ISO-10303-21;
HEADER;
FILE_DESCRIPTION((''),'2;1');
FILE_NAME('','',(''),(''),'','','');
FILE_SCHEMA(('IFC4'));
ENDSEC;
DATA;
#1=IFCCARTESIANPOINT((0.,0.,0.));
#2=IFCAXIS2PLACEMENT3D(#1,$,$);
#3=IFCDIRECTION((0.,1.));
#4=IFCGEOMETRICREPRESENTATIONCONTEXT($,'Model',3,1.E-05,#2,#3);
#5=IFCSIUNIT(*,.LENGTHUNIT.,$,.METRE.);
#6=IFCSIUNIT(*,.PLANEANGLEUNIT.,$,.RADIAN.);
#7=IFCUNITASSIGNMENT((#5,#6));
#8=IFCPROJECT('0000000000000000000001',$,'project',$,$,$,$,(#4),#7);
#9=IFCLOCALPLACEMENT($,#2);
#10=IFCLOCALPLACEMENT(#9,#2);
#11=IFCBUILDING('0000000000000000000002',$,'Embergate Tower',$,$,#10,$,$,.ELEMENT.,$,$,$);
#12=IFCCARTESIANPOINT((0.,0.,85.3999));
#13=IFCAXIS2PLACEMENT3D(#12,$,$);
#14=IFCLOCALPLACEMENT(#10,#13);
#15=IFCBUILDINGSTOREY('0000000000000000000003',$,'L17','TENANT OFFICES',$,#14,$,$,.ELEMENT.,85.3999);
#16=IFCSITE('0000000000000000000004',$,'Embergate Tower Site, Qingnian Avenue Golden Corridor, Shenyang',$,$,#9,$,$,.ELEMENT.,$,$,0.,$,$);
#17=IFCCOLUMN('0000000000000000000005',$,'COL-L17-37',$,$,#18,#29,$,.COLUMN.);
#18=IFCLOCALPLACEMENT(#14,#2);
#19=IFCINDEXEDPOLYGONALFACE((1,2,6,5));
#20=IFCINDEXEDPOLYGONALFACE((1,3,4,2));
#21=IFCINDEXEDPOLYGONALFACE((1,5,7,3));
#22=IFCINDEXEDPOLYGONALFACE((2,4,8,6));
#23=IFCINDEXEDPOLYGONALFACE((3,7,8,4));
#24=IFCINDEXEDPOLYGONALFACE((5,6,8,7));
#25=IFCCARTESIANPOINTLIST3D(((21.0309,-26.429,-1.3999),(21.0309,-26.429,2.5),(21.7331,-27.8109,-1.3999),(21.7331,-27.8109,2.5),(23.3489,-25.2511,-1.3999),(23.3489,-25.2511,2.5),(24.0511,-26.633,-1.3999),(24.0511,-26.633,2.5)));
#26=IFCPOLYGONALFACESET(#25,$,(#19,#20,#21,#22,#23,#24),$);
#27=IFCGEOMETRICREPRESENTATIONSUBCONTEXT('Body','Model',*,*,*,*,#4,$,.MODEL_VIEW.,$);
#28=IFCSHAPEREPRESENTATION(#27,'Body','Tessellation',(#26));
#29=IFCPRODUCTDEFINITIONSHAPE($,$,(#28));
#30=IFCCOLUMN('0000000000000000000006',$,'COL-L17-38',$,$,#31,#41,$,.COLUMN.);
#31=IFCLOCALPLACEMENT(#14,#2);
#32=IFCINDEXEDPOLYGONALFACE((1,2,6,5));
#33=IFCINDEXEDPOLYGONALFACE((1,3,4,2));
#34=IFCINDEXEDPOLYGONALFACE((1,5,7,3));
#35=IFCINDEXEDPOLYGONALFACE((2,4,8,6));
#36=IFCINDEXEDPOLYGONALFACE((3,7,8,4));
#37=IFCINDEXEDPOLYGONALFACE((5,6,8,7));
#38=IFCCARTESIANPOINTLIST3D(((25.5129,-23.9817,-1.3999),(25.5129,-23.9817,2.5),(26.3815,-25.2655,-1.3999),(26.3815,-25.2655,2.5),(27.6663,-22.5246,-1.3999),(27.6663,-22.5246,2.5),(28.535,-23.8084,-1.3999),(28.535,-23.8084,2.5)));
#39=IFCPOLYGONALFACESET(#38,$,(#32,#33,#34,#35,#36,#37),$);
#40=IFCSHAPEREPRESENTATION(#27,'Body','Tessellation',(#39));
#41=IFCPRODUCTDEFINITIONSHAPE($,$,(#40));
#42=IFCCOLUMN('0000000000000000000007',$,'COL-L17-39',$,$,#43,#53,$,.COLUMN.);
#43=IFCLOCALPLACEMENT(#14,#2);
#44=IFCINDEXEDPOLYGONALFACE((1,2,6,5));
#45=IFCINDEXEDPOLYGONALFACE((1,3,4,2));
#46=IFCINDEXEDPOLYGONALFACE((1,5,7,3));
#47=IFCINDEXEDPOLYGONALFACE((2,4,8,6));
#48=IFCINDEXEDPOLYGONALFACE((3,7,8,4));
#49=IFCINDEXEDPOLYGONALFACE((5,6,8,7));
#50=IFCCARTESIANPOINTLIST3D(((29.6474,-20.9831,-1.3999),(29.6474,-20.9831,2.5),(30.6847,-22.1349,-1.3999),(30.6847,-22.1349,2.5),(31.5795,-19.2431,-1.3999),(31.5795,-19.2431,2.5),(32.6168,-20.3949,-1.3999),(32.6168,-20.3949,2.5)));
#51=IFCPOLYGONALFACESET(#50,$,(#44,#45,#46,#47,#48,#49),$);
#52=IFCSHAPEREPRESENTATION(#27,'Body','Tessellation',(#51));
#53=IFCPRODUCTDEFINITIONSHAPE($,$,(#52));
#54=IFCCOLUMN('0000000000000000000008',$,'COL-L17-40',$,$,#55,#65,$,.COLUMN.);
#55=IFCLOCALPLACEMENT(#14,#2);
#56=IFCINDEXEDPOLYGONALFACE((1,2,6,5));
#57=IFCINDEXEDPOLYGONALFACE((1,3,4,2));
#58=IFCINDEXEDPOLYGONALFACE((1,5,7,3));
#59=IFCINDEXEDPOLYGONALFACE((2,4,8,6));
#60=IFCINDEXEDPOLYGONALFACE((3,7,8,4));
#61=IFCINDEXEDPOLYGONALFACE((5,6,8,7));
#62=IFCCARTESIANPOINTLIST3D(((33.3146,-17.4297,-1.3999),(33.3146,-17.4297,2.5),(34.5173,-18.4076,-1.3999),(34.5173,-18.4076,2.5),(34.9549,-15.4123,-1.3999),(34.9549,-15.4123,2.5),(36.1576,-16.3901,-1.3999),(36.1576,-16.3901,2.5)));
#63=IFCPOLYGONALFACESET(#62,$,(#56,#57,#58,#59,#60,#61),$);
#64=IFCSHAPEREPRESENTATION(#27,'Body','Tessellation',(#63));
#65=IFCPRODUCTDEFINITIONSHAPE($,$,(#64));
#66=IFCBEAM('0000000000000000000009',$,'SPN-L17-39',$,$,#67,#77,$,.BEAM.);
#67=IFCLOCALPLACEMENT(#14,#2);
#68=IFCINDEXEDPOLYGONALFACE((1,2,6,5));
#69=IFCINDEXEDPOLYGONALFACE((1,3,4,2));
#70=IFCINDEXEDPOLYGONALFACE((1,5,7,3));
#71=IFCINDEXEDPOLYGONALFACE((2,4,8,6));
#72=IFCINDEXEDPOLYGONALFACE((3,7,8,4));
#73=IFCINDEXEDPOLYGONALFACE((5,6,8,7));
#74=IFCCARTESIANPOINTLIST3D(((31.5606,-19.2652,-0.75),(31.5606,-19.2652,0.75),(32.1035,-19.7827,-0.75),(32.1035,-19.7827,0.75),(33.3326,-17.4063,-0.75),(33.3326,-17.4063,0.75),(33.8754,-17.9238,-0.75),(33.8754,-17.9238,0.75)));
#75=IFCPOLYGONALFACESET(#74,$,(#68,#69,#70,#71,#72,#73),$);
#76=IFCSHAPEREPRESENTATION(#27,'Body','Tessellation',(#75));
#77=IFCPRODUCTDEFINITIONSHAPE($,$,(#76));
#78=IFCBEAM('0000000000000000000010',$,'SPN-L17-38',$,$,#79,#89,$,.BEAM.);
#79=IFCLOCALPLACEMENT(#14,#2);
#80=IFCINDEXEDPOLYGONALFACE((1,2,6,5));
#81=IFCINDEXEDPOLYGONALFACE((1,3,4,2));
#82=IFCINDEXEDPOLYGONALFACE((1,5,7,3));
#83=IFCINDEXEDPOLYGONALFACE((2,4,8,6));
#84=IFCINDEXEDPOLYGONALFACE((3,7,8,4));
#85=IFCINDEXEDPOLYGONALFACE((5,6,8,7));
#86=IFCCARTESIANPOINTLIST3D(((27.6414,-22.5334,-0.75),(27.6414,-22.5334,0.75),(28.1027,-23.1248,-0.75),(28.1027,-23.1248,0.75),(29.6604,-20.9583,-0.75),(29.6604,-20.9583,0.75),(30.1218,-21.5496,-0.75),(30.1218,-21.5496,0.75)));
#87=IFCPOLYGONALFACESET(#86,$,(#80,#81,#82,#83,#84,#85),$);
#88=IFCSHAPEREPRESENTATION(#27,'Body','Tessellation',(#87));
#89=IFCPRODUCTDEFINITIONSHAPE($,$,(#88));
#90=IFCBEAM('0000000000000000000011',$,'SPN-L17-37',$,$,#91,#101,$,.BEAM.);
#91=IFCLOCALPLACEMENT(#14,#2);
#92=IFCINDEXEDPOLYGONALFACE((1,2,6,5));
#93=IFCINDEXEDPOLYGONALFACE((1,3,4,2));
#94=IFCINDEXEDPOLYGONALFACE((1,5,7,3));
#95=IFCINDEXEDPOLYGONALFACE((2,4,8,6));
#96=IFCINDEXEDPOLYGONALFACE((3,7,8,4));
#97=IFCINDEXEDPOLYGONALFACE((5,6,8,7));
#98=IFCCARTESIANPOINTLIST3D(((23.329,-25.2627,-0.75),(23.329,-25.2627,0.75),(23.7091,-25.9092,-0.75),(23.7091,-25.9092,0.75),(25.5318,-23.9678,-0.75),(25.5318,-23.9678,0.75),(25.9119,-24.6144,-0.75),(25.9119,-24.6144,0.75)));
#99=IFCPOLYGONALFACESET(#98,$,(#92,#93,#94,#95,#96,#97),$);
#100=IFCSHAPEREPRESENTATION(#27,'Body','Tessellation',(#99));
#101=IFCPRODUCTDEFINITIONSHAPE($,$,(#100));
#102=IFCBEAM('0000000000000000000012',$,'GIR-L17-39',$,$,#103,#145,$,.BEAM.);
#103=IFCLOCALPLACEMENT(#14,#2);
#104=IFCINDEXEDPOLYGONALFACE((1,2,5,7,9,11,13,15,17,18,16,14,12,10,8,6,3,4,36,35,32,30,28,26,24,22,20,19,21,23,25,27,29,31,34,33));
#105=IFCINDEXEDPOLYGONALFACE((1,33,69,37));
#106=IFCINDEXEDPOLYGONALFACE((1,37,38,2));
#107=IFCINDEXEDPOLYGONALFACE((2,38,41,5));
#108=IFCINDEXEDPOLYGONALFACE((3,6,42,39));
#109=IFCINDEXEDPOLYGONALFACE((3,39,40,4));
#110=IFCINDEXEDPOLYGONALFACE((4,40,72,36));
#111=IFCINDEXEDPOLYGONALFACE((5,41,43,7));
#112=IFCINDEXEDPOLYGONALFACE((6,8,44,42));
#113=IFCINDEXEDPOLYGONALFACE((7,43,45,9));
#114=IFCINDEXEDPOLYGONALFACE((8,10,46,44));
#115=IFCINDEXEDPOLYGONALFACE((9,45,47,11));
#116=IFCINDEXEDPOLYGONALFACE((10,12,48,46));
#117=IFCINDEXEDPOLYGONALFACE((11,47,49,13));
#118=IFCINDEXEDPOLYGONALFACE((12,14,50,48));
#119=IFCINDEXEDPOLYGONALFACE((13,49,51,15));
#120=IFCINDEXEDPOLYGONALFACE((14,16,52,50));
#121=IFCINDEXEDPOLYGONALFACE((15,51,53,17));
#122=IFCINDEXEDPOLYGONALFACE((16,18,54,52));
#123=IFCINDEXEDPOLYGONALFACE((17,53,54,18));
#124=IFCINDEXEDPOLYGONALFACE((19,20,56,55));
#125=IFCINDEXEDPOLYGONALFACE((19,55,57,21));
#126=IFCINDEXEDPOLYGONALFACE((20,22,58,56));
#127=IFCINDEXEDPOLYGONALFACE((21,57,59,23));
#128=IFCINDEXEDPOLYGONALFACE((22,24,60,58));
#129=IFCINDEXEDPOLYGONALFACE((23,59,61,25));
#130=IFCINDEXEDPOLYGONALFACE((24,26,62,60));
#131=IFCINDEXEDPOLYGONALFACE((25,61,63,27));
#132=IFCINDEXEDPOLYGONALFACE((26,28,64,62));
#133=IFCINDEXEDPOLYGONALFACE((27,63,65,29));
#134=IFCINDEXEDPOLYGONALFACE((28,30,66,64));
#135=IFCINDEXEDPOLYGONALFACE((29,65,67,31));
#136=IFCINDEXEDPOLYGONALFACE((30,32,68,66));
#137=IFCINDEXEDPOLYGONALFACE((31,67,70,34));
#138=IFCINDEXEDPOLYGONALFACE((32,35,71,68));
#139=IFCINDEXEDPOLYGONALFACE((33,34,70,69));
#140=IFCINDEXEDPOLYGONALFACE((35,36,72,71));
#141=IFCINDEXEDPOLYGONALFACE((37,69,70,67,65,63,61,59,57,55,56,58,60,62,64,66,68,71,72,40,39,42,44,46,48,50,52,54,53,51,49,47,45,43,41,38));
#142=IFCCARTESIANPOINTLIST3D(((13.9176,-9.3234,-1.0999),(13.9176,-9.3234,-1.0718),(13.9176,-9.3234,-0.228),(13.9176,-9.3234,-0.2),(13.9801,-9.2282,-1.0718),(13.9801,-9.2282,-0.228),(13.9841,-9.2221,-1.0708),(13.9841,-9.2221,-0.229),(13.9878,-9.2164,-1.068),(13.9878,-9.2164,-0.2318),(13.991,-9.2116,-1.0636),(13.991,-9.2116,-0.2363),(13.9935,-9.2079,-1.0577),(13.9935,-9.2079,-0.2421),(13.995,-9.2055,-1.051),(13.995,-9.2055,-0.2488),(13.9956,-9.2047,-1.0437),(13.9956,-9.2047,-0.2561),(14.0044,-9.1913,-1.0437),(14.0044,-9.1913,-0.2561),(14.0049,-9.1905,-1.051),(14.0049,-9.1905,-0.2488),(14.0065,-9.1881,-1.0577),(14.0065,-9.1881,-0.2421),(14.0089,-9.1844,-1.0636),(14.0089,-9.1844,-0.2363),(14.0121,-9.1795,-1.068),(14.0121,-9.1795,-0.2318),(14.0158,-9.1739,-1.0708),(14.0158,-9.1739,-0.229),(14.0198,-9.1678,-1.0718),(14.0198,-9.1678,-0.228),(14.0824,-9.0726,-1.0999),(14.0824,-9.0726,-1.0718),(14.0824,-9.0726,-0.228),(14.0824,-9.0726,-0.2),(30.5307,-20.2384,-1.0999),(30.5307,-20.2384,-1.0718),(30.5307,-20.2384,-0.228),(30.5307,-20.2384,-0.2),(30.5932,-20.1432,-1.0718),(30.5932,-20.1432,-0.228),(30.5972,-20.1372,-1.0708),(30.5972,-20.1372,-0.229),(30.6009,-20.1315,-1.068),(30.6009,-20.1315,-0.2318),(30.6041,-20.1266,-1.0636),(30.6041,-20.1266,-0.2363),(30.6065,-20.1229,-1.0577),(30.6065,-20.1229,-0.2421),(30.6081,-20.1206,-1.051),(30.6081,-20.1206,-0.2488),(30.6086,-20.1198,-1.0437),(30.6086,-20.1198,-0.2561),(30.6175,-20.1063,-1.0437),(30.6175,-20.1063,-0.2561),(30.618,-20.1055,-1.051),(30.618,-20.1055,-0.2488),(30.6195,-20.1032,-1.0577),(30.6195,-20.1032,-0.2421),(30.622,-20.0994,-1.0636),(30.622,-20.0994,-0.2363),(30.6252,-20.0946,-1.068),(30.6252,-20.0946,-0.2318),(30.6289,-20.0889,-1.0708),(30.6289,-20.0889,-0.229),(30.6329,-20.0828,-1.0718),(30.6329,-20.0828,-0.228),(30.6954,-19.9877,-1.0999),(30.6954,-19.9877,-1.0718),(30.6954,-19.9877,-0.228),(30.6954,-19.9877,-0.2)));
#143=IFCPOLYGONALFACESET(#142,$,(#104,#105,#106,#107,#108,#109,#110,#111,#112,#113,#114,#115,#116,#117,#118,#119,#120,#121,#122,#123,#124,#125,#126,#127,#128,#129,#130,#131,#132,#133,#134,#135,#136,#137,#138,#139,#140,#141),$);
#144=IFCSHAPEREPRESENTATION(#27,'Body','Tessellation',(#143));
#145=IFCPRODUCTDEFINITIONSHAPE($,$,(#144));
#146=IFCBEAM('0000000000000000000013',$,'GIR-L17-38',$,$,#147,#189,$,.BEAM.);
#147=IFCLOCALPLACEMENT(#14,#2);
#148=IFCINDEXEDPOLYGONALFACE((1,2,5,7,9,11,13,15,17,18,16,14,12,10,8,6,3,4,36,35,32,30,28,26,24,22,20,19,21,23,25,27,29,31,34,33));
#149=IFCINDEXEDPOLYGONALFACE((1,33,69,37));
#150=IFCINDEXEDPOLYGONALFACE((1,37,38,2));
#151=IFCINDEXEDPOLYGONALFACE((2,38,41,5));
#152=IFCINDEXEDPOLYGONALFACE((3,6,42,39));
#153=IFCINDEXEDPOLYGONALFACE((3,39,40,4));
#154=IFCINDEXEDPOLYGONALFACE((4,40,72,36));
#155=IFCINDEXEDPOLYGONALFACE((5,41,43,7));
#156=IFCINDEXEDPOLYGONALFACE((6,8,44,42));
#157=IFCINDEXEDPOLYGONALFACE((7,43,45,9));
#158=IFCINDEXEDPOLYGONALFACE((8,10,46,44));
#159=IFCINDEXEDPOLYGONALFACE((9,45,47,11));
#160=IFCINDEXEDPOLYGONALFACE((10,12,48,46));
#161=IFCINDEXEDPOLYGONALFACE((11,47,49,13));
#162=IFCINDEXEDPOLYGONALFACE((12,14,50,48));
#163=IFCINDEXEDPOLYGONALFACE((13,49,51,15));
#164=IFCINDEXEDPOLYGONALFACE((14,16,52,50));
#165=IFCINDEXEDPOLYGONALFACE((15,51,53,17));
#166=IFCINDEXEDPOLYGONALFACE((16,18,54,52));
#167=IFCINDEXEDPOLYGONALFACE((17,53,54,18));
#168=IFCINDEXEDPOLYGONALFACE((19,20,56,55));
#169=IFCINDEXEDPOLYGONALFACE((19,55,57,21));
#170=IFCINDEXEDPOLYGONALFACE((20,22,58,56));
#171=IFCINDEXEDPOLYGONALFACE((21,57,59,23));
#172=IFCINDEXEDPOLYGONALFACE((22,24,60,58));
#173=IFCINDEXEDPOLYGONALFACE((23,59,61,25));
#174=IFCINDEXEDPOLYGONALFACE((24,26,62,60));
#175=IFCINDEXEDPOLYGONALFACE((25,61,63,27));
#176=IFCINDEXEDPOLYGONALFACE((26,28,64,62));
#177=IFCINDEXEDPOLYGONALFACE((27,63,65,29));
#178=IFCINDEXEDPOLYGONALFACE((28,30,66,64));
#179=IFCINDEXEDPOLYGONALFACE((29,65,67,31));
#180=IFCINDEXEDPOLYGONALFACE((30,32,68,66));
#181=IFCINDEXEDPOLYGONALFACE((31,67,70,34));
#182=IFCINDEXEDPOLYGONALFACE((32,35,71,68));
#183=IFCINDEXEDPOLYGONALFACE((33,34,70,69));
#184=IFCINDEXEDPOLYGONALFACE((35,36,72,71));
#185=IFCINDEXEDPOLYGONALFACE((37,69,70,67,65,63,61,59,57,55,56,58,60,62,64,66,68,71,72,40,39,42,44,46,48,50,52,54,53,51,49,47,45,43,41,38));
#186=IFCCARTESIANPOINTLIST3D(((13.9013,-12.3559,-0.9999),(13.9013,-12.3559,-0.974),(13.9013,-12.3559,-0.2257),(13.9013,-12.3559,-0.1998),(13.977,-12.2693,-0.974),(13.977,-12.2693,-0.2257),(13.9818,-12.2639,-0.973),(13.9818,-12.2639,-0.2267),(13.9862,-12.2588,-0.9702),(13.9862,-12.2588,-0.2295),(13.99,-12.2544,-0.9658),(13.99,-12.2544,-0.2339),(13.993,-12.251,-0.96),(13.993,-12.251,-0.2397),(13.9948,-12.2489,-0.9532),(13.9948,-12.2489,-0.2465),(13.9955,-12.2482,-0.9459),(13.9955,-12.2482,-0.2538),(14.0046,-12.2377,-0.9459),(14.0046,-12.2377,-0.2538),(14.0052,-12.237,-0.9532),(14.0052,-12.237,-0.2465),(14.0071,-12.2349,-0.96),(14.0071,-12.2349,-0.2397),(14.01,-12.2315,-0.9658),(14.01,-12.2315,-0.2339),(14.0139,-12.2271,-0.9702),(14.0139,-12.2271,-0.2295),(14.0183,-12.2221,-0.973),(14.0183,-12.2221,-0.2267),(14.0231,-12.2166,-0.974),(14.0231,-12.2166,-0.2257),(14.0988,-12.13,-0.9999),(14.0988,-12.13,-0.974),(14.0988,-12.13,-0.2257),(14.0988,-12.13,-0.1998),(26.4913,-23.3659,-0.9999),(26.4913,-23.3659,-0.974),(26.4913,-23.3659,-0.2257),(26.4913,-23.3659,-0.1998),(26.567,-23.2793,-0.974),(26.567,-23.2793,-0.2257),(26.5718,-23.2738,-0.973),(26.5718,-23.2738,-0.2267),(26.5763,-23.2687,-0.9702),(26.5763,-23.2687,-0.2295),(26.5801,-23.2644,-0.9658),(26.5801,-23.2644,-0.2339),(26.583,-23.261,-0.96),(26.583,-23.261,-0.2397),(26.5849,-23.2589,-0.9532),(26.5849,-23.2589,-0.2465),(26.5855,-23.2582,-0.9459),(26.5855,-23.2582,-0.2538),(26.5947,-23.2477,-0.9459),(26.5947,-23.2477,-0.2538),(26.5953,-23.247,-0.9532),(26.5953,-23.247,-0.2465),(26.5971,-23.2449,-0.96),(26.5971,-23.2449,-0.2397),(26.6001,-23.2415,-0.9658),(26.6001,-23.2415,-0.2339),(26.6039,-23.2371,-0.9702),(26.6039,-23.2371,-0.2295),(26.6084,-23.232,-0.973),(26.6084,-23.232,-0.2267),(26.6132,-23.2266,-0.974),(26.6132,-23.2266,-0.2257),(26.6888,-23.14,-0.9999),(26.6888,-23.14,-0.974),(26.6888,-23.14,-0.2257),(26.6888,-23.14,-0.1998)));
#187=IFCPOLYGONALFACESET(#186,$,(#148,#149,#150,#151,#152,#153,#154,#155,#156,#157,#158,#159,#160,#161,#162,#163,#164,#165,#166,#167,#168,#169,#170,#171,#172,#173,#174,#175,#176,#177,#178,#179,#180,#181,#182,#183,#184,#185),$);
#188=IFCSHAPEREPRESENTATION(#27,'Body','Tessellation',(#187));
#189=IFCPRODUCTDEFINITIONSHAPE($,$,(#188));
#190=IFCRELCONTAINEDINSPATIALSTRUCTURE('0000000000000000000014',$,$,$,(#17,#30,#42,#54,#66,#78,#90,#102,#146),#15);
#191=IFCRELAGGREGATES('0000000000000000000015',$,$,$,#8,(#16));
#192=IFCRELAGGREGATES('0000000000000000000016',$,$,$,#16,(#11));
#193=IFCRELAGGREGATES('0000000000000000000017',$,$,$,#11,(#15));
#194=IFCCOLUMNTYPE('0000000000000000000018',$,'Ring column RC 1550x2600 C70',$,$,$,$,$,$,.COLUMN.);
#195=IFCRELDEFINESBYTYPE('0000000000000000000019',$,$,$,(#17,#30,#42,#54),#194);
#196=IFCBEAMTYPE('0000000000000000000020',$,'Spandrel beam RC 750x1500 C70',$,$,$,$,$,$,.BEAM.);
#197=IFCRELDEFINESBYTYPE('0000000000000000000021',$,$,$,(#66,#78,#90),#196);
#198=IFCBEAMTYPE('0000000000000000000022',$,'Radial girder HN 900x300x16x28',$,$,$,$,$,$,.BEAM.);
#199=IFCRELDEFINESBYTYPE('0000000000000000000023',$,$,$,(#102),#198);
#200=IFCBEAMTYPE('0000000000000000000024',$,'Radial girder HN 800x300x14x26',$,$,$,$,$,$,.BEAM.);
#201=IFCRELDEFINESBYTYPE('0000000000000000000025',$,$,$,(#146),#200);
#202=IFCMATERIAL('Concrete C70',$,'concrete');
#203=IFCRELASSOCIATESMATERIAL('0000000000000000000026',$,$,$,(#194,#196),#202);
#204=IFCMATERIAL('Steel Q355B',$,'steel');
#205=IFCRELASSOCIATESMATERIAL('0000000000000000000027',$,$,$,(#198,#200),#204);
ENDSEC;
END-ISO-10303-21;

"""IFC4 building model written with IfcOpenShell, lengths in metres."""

from ifc_helpers import new_model, si_unit, direction, frame, origin, origin_2d, place, context, subcontext, project, spatial, rectangle, i_section, extrude, source, transform, mapped, material, material_profile, profile_set, type_object, element, save


model = new_model("IFC4")

# Units and contexts
model_context = context("Model", 3, precision=1e-05, world=origin(), true_north=direction((0.0, 1.0)))
body_context = subcontext(model_context, "Body", "Model", "MODEL_VIEW")
ifc_project = project(units=[si_unit("LENGTHUNIT", "METRE"), si_unit("PLANEANGLEUNIT", "RADIAN")], contexts=[model_context])

# Site, building, storey
site_placement = place(None, origin())
site = spatial("IfcSite", under=ifc_project, at=site_placement, Name="Embergate Tower Site, Qingnian Avenue Golden Corridor, Shenyang", CompositionType="ELEMENT", RefElevation=0.0)
building_placement = place(site_placement, origin())
building = spatial("IfcBuilding", under=site, at=building_placement, Name="Embergate Tower", CompositionType="ELEMENT")
storey_placement = place(building_placement, frame((0.0, 0.0, 85.3999)))
storey = spatial("IfcBuildingStorey", under=building, at=storey_placement, Name="L17", Description="TENANT OFFICES", CompositionType="ELEMENT", Elevation=85.3999)

# Columns
ifc_material_1 = material(Name="Concrete C70", Category="concrete")
ifc_material_profile_1 = material_profile(ifc_material_1, rectangle(XDim=1.55, YDim=2.6001, at=origin_2d()), Name="RC 1550x2600")
ifc_profile_set_1 = profile_set([ifc_material_profile_1], Name="Concrete C70")
column_type = type_object("IfcColumnType", Name="Ring column RC 1550x2600 C70", PredefinedType="COLUMN", material=ifc_profile_set_1)
shared_shape_1 = source(origin(), body_context, "Body", "SweptSolid", [
    extrude(rectangle(XDim=1.55, YDim=2.6001, at=origin_2d()), origin(), (0.0, 0.0, 1.0), 3.8999),
])
for number, where, z_axis, x_axis, name in (
    (1, (22.541, -26.531, -1.3999), (0.0, 0.0, 1.0), (0.452995, -0.891513, 0.0), "COL-L17-37"),
    (2, (27.0239, -23.895, -1.3999), (0.0, 0.0, 1.0), (0.560393, -0.828227, 0.0), "COL-L17-38"),
    (3, (31.1321, -20.689, -1.3999), (0.0, 0.0, 1.0), (0.669208, -0.743075, 0.0), "COL-L17-39"),
    (4, (34.7361, -16.9099, -1.3999), (0.0, 0.0, 1.0), (0.775914, -0.630838, 0.0), "COL-L17-40"),
):
    element("IfcColumn", number, at=place(storey_placement, frame(where, z_axis=z_axis, x_axis=x_axis)), inside=storey, type_object=column_type, Name=name, PredefinedType="COLUMN", context=body_context, shape_type="MappedRepresentation", body=[
        mapped(shared_shape_1, transform((0.0, 0.0, 0.0))),
    ])

# Beams
ifc_material_profile_2 = material_profile(ifc_material_1, rectangle(XDim=0.75, YDim=1.5, at=origin_2d()), Name="RC 750x1500")
ifc_profile_set_2 = profile_set([ifc_material_profile_2], Name="Concrete C70")
beam_type_1 = type_object("IfcBeamType", Name="Spandrel beam RC 750x1500 C70", PredefinedType="BEAM", material=ifc_profile_set_2)
shared_shape_2 = source(origin(), body_context, "Body", "SweptSolid", [
    extrude(rectangle(XDim=0.75, YDim=1.5, at=origin_2d()), origin(), (0.0, 0.0, 1.0), 2.5681),
])
beam_1_placement = place(storey_placement, frame((31.832, -19.5239, 0.0), z_axis=(0.689983, 0.723826, 0.0), x_axis=(-0.723826, 0.689983, 0.0)))
element("IfcBeam", 5, at=beam_1_placement, inside=storey, type_object=beam_type_1, Name="SPN-L17-39", PredefinedType="BEAM", context=body_context, shape_type="MappedRepresentation", body=[
    mapped(shared_shape_2, transform((0.0, 0.0, 0.0))),
])
shared_shape_3 = source(origin(), body_context, "Body", "SweptSolid", [
    extrude(rectangle(XDim=0.75, YDim=1.5, at=origin_2d()), origin(), (0.0, 0.0, 1.0), 2.5608),
])
beam_2_placement = place(storey_placement, frame((27.8721, -22.8291, 0.0), z_axis=(0.788438, 0.615115, 0.0), x_axis=(-0.615115, 0.788438, 0.0)))
element("IfcBeam", 6, at=beam_2_placement, inside=storey, type_object=beam_type_1, Name="SPN-L17-38", PredefinedType="BEAM", context=body_context, shape_type="MappedRepresentation", body=[
    mapped(shared_shape_3, transform((0.0, 0.0, 0.0))),
])
shared_shape_4 = source(origin(), body_context, "Body", "SweptSolid", [
    extrude(rectangle(XDim=0.75, YDim=1.5, at=origin_2d()), origin(), (0.0, 0.0, 1.0), 2.5552),
])
beam_3_placement = place(storey_placement, frame((23.519, -25.5859, 0.0), z_axis=(0.862086, 0.506761, 0.0), x_axis=(-0.506761, 0.862086, 0.0)))
element("IfcBeam", 7, at=beam_3_placement, inside=storey, type_object=beam_type_1, Name="SPN-L17-37", PredefinedType="BEAM", context=body_context, shape_type="MappedRepresentation", body=[
    mapped(shared_shape_4, transform((0.0, 0.0, 0.0))),
])
ifc_material_2 = material(Name="Steel Q355B", Category="steel")
ifc_material_profile_3 = material_profile(ifc_material_2, i_section(OverallWidth=0.3, OverallDepth=0.8999, WebThickness=0.0161, FlangeThickness=0.0281, FilletRadius=0.0281, at=origin_2d()), Name="HN 900x300x16x28")
ifc_profile_set_3 = profile_set([ifc_material_profile_3], Name="Steel Q355 grade B")
beam_type_2 = type_object("IfcBeamType", Name="Radial girder HN 900x300x16x28", PredefinedType="BEAM", material=ifc_profile_set_3)
shared_shape_5 = source(origin(), body_context, "Body", "SweptSolid", [
    extrude(i_section(OverallWidth=0.3, OverallDepth=0.8999, WebThickness=0.0161, FlangeThickness=0.0281, FilletRadius=0.0281, at=origin_2d()), origin(), (0.0, 0.0, 1.0), 19.8779),
])
beam_4_placement = place(storey_placement, frame((30.613, -20.113, -0.6499), z_axis=(-0.835754, 0.549104, 0.0), x_axis=(-0.549104, -0.835754, 0.0)))
element("IfcBeam", 8, at=beam_4_placement, inside=storey, type_object=beam_type_2, Name="GIR-L17-39", PredefinedType="BEAM", context=body_context, shape_type="MappedRepresentation", body=[
    mapped(shared_shape_5, transform((0.0, 0.0, 0.0))),
])
ifc_material_profile_4 = material_profile(ifc_material_2, i_section(OverallWidth=0.3, OverallDepth=0.8, WebThickness=0.0139, FlangeThickness=0.0259, FilletRadius=0.0281, at=origin_2d()), Name="HN 800x300x14x26")
ifc_profile_set_4 = profile_set([ifc_material_profile_4], Name="Steel Q355 grade B")
beam_type_3 = type_object("IfcBeamType", Name="Radial girder HN 800x300x14x26", PredefinedType="BEAM", material=ifc_profile_set_4)
shared_shape_6 = source(origin(), body_context, "Body", "SweptSolid", [
    extrude(i_section(OverallWidth=0.3, OverallDepth=0.8, WebThickness=0.0139, FlangeThickness=0.0259, FilletRadius=0.0281, at=origin_2d()), origin(), (0.0, 0.0, 1.0), 16.7251),
])
beam_5_placement = place(storey_placement, frame((26.5901, -23.2529, -0.5999), z_axis=(-0.752764, 0.658291, 0.0), x_axis=(-0.658291, -0.752764, 0.0)))
element("IfcBeam", 9, at=beam_5_placement, inside=storey, type_object=beam_type_3, Name="GIR-L17-38", PredefinedType="BEAM", context=body_context, shape_type="MappedRepresentation", body=[
    mapped(shared_shape_6, transform((0.0, 0.0, 0.0))),
])

save(model, "model.ifc")
